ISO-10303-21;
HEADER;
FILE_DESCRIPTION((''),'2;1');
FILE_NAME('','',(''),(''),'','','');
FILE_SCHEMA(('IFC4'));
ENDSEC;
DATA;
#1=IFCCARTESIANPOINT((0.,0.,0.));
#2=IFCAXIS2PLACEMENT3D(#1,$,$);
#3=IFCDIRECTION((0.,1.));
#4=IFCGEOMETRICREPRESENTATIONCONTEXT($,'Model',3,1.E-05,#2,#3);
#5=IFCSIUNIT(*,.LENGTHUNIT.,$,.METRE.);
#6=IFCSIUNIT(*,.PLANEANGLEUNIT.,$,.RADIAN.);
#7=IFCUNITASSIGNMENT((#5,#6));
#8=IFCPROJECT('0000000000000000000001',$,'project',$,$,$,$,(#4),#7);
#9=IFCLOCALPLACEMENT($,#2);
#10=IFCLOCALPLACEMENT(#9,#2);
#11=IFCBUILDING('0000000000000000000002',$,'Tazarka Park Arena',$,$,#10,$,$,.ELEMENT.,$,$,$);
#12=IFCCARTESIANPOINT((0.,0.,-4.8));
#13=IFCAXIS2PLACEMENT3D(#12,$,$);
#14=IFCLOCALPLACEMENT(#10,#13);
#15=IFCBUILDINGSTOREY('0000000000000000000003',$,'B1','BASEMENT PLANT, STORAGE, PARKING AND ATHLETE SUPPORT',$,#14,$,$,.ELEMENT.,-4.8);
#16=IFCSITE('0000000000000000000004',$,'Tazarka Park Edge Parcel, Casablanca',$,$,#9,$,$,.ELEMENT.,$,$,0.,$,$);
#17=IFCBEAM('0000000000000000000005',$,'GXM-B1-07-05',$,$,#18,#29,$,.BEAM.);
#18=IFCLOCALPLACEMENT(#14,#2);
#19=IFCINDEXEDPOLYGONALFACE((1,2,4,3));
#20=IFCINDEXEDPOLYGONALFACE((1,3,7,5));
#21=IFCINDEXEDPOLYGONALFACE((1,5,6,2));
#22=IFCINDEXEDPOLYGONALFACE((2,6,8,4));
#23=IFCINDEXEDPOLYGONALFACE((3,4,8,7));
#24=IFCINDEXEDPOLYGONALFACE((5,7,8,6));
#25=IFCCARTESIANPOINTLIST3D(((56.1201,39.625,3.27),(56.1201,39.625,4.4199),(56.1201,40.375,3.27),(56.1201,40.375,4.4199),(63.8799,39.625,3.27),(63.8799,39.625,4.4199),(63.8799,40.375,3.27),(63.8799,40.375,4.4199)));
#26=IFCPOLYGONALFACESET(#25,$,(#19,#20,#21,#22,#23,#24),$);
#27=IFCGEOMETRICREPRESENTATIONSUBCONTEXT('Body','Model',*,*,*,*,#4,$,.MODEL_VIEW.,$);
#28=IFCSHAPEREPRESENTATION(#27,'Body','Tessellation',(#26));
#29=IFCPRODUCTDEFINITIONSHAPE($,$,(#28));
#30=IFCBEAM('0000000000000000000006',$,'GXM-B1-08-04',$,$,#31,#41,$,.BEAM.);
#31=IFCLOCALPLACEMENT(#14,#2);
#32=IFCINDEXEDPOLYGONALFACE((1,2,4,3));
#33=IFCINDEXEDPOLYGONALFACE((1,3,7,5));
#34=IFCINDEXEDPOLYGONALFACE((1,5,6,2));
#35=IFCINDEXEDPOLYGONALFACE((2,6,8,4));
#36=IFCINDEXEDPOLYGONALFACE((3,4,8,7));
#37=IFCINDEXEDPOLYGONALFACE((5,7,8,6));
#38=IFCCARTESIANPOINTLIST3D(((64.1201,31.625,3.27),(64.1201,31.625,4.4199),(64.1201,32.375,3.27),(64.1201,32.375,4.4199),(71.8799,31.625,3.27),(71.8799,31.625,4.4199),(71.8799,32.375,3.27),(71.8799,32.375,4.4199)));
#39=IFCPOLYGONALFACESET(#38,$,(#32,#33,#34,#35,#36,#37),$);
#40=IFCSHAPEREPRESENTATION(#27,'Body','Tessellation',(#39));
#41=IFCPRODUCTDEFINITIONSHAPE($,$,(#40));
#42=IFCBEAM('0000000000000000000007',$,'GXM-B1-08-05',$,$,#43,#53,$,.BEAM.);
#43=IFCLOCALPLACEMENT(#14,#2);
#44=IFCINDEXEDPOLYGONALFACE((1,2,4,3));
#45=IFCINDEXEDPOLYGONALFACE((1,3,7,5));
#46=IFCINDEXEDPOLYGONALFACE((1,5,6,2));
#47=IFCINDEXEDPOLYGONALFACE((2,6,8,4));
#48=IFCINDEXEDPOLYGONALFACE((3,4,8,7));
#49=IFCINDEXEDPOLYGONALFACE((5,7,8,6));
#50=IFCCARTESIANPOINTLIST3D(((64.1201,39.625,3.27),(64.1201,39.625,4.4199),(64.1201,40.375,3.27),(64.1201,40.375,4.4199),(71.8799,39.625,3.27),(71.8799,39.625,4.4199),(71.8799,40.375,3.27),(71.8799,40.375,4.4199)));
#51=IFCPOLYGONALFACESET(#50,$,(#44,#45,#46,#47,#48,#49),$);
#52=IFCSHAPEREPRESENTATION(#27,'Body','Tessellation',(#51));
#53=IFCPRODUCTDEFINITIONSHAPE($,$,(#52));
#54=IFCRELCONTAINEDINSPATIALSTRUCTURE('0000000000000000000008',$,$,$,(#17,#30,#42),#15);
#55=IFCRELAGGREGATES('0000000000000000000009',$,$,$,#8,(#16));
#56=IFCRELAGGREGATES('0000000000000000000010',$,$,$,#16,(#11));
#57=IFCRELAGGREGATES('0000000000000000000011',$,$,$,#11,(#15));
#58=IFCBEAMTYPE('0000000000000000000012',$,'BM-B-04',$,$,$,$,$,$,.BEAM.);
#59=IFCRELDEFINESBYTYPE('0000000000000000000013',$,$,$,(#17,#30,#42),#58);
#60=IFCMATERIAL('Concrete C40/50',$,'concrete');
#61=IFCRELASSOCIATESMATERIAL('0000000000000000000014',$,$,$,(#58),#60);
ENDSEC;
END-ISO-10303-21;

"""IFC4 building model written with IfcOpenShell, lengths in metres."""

from ifc_helpers import new_model, si_unit, direction, frame, origin, origin_2d, place, context, subcontext, project, spatial, rectangle, extrude, material, material_profile, profile_set, type_object, element, save


model = new_model("IFC4")

# Units and contexts
model_context = context("Model", 3, precision=1e-05, world=origin(), true_north=direction((0.0, 1.0)))
body_context = subcontext(model_context, "Body", "Model", "MODEL_VIEW")
ifc_project = project(units=[si_unit("LENGTHUNIT", "METRE"), si_unit("PLANEANGLEUNIT", "RADIAN")], contexts=[model_context])

# Site, building, storey
site_placement = place(None, origin())
site = spatial("IfcSite", under=ifc_project, at=site_placement, Name="Tazarka Park Edge Parcel, Casablanca", CompositionType="ELEMENT", RefElevation=0.0)
building_placement = place(site_placement, origin())
building = spatial("IfcBuilding", under=site, at=building_placement, Name="Tazarka Park Arena", CompositionType="ELEMENT")
storey_placement = place(building_placement, frame((0.0, 0.0, -4.8)))
storey = spatial("IfcBuildingStorey", under=building, at=storey_placement, Name="B1", Description="BASEMENT PLANT, STORAGE, PARKING AND ATHLETE SUPPORT", CompositionType="ELEMENT", Elevation=-4.8)

# Beams
ifc_material_1 = material(Name="Concrete C40/50", Category="concrete")
ifc_material_profile_1 = material_profile(ifc_material_1, rectangle(XDim=0.75, YDim=1.1499, at=origin_2d()), Name="Concrete C40/50")
ifc_profile_set_1 = profile_set([ifc_material_profile_1], Name="Concrete C40/50")
beam_type_1 = type_object("IfcBeamType", Name="BM-B-04", PredefinedType="BEAM", material=ifc_profile_set_1)
for number, where, z_axis, x_axis, name in (
    (1, (56.1201, 40.0, 3.845), (1.0, 0.0, 0.0), (0.0, 1.0, 0.0), "GXM-B1-07-05"),
    (2, (64.1201, 32.0, 3.845), (1.0, 0.0, 0.0), (0.0, 1.0, 0.0), "GXM-B1-08-04"),
    (3, (64.1201, 40.0, 3.845), (1.0, 0.0, 0.0), (0.0, 1.0, 0.0), "GXM-B1-08-05"),
):
    element("IfcBeam", number, at=place(storey_placement, frame(where, z_axis=z_axis, x_axis=x_axis)), inside=storey, type_object=beam_type_1, Name=name, PredefinedType="BEAM", context=body_context, shape_type="SweptSolid", body=[
        extrude(rectangle(XDim=0.75, YDim=1.1499, at=origin_2d()), origin(), (0.0, 0.0, 1.0), 7.7598),
    ])

save(model, "model.ifc")
